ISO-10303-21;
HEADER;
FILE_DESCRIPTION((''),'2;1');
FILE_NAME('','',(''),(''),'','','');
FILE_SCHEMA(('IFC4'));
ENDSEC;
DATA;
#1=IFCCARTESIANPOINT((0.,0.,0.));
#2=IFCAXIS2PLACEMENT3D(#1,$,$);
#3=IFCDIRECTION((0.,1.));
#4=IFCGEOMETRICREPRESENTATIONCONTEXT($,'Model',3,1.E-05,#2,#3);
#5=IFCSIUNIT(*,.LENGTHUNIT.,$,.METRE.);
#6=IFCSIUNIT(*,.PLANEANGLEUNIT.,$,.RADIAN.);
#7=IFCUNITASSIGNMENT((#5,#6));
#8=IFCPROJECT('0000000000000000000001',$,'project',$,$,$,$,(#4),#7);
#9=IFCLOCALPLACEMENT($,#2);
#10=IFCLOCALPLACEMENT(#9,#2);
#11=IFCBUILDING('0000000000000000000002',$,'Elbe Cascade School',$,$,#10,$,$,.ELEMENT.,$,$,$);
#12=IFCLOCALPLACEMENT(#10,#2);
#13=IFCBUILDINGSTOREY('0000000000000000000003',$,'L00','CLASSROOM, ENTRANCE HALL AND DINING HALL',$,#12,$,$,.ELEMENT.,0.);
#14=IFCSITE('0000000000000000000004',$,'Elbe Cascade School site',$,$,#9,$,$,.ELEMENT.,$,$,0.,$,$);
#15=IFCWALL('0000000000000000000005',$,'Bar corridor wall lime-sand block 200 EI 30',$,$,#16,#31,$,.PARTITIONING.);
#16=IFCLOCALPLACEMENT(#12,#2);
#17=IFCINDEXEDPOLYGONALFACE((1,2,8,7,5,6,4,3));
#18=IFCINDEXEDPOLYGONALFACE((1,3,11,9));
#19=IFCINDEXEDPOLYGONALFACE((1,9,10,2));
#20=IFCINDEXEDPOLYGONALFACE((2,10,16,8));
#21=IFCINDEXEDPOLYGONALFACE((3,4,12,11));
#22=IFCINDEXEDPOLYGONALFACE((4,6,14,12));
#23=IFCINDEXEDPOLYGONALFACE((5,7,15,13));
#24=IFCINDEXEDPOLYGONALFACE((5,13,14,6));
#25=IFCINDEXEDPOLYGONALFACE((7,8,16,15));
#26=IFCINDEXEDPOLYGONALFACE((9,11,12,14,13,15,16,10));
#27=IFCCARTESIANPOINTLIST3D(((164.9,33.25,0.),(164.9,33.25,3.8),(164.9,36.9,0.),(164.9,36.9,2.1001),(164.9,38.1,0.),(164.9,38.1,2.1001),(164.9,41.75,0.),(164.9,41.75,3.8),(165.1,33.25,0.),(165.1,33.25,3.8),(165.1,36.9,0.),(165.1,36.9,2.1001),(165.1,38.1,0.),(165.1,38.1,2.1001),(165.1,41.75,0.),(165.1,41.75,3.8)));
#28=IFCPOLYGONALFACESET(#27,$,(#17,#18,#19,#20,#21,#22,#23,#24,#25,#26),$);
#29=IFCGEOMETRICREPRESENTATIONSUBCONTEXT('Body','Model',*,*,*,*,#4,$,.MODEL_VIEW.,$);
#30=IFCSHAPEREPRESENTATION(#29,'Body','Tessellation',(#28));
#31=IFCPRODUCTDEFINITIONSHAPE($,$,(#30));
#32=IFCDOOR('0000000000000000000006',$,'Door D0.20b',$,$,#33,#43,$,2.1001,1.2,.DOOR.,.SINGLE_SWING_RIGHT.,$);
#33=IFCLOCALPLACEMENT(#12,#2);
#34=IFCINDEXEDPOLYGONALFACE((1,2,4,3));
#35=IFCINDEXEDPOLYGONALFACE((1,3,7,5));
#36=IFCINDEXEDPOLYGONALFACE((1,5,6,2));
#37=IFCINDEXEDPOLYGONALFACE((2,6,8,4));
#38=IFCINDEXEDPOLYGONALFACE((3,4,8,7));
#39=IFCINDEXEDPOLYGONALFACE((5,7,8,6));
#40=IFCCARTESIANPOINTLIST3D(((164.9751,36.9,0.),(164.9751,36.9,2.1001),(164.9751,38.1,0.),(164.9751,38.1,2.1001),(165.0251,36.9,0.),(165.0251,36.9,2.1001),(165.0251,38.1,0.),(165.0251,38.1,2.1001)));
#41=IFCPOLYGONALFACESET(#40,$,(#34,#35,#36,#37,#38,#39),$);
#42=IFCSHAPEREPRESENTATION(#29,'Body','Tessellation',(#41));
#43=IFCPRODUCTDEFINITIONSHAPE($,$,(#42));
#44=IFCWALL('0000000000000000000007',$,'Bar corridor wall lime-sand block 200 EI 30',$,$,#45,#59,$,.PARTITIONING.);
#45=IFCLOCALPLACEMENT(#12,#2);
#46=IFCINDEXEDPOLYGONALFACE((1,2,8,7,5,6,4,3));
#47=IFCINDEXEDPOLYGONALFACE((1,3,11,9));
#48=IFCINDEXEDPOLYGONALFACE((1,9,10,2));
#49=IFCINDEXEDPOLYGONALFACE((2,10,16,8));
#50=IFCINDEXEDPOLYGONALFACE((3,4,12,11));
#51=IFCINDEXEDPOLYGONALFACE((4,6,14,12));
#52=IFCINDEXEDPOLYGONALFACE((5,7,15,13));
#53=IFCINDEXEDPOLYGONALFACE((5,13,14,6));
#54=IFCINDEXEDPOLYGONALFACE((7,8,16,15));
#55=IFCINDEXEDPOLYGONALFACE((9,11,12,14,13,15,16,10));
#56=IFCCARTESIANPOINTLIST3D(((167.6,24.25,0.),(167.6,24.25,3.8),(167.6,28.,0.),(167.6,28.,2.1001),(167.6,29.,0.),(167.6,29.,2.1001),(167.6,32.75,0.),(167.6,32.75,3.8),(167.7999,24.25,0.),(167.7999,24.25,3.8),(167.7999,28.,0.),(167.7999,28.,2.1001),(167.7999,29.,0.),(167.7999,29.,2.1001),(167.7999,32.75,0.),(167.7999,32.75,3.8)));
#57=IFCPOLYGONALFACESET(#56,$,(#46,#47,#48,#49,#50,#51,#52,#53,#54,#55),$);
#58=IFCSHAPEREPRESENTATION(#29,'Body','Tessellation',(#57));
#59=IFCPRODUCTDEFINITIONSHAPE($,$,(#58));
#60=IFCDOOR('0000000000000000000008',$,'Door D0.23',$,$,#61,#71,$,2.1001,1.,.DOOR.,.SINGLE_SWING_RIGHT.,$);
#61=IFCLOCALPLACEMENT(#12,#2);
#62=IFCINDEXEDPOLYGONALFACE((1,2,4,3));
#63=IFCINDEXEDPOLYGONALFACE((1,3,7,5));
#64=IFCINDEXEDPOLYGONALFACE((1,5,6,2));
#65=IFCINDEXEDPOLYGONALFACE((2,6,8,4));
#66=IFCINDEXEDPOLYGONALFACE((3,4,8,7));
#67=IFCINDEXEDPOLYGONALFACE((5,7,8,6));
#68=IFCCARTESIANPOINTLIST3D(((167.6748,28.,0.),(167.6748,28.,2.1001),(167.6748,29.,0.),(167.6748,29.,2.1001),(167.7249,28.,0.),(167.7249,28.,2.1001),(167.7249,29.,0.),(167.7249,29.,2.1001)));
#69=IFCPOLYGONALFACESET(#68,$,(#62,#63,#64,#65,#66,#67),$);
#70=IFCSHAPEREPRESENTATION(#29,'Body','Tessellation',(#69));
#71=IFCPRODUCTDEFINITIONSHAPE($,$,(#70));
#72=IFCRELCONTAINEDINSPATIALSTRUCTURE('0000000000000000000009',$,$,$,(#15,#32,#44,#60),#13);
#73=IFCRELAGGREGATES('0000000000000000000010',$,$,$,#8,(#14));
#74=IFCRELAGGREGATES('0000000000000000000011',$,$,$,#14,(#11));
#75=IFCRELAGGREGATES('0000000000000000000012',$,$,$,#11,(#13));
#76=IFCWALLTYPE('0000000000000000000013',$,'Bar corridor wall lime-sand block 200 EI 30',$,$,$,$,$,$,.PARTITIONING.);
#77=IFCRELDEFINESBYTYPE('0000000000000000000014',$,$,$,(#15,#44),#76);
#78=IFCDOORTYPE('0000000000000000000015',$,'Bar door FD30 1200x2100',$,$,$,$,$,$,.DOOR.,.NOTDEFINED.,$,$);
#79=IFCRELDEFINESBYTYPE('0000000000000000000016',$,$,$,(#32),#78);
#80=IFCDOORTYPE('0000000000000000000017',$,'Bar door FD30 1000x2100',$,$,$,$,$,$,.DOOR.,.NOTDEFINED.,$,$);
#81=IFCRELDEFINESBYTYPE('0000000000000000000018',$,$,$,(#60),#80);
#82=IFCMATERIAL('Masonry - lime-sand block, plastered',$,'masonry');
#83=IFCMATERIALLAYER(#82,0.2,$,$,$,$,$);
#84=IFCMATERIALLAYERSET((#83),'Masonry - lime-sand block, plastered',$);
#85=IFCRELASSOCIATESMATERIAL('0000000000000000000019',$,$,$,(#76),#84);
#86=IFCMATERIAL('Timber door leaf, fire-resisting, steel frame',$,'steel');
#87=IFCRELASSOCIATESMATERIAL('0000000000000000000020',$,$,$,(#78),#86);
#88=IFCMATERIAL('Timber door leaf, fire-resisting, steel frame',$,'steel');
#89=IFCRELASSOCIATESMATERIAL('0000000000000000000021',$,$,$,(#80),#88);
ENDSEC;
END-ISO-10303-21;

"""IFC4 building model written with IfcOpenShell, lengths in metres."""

from ifc_helpers import new_model, si_unit, direction, frame, frame_2d, origin, place, context, subcontext, project, spatial, rectangle, extrude, material, layer, layer_set, type_object, element, fill, save


model = new_model("IFC4")

# Units and contexts
model_context = context("Model", 3, precision=1e-05, world=origin(), true_north=direction((0.0, 1.0)))
body_context = subcontext(model_context, "Body", "Model", "MODEL_VIEW")
ifc_project = project(units=[si_unit("LENGTHUNIT", "METRE"), si_unit("PLANEANGLEUNIT", "RADIAN")], contexts=[model_context])

# Site, building, storey
site_placement = place(None, origin())
site = spatial("IfcSite", under=ifc_project, at=site_placement, Name="Elbe Cascade School site", CompositionType="ELEMENT", RefElevation=0.0)
building_placement = place(site_placement, origin())
building = spatial("IfcBuilding", under=site, at=building_placement, Name="Elbe Cascade School", CompositionType="ELEMENT")
storey_placement = place(building_placement, origin())
storey = spatial("IfcBuildingStorey", under=building, at=storey_placement, Name="L00", Description="CLASSROOM, ENTRANCE HALL AND DINING HALL", CompositionType="ELEMENT", Elevation=0.0)

# Walls, openings, doors
ifc_material_1 = material(Name="Masonry - lime-sand block, plastered", Category="masonry")
ifc_layer_1 = layer(ifc_material_1, 0.2)
ifc_layer_set_1 = layer_set([ifc_layer_1], Name="Masonry - lime-sand block, plastered")
wall_type_1 = type_object("IfcWallType", Name="Bar corridor wall lime-sand block 200 EI 30", PredefinedType="PARTITIONING", material=ifc_layer_set_1)
wall_1_placement = place(storey_placement, frame((165.0, 33.25, 0.0), z_axis=(0.0, 0.0, 1.0), x_axis=(0.0, 1.0, 0.0)))
wall_1 = element("IfcWall", 1, at=wall_1_placement, inside=storey, type_object=wall_type_1, Name="Bar corridor wall lime-sand block 200 EI 30", PredefinedType="PARTITIONING", context=body_context, shape_type="SweptSolid", body=[
    extrude(rectangle(XDim=8.5, YDim=0.2, at=frame_2d((4.25, 0.0))), origin(), (0.0, 0.0, 1.0), 3.8),
])
opening_1_placement = place(wall_1_placement, frame((3.6499, 0.0, 0.0)))
opening_1 = element("IfcOpeningElement", 2, at=opening_1_placement, cuts=wall_1, PredefinedType="OPENING", context=body_context, shape_type="SweptSolid", body=[
    extrude(rectangle(XDim=1.2, YDim=2.1001, at=frame_2d((0.6001, 1.05))), frame((0.0, 0.1099, 0.0), z_axis=(0.0, -1.0, 0.0), x_axis=(1.0, 0.0, 0.0)), (0.0, 0.0, 1.0), 0.22),
])
ifc_material_2 = material(Name="Timber door leaf, fire-resisting, steel frame", Category="steel")
door_type_1 = type_object("IfcDoorType", Name="Bar door FD30 1200x2100", OperationType="NOTDEFINED", PredefinedType="DOOR", material=ifc_material_2)
door_1_placement = place(opening_1_placement, origin())
door_1 = element("IfcDoor", 3, at=door_1_placement, inside=storey, type_object=door_type_1, Name="Door D0.20b", OperationType="SINGLE_SWING_RIGHT", OverallHeight=2.1001, OverallWidth=1.2, PredefinedType="DOOR", context=body_context, shape_type="SweptSolid", body=[
    extrude(rectangle(XDim=1.2, YDim=2.1001, at=frame_2d((0.6001, 1.05))), frame((0.0, 0.0249, 0.0), z_axis=(0.0, -1.0, 0.0), x_axis=(1.0, 0.0, 0.0)), (0.0, 0.0, 1.0), 0.05),
])
fill(opening_1, door_1)
wall_2_placement = place(storey_placement, frame((167.7, 32.75, 0.0), z_axis=(0.0, 0.0, 1.0), x_axis=(0.0, -1.0, 0.0)))
wall_2 = element("IfcWall", 4, at=wall_2_placement, inside=storey, type_object=wall_type_1, Name="Bar corridor wall lime-sand block 200 EI 30", PredefinedType="PARTITIONING", context=body_context, shape_type="SweptSolid", body=[
    extrude(rectangle(XDim=8.5, YDim=0.2, at=frame_2d((4.25, 0.0))), origin(), (0.0, 0.0, 1.0), 3.8),
])
opening_2_placement = place(wall_2_placement, frame((3.75, 0.0, 0.0)))
opening_2 = element("IfcOpeningElement", 5, at=opening_2_placement, cuts=wall_2, PredefinedType="OPENING", context=body_context, shape_type="SweptSolid", body=[
    extrude(rectangle(XDim=1.0, YDim=2.1001, at=frame_2d((0.5, 1.05))), frame((0.0, 0.1099, 0.0), z_axis=(0.0, -1.0, 0.0), x_axis=(1.0, 0.0, 0.0)), (0.0, 0.0, 1.0), 0.22),
])
ifc_material_3 = material(Name="Timber door leaf, fire-resisting, steel frame", Category="steel")
door_type_2 = type_object("IfcDoorType", Name="Bar door FD30 1000x2100", OperationType="NOTDEFINED", PredefinedType="DOOR", material=ifc_material_3)
door_2_placement = place(opening_2_placement, origin())
door_2 = element("IfcDoor", 6, at=door_2_placement, inside=storey, type_object=door_type_2, Name="Door D0.23", OperationType="SINGLE_SWING_RIGHT", OverallHeight=2.1001, OverallWidth=1.0, PredefinedType="DOOR", context=body_context, shape_type="SweptSolid", body=[
    extrude(rectangle(XDim=1.0, YDim=2.1001, at=frame_2d((0.5, 1.05))), frame((0.0, 0.0249, 0.0), z_axis=(0.0, -1.0, 0.0), x_axis=(1.0, 0.0, 0.0)), (0.0, 0.0, 1.0), 0.05),
])
fill(opening_2, door_2)

save(model, "model.ifc")
